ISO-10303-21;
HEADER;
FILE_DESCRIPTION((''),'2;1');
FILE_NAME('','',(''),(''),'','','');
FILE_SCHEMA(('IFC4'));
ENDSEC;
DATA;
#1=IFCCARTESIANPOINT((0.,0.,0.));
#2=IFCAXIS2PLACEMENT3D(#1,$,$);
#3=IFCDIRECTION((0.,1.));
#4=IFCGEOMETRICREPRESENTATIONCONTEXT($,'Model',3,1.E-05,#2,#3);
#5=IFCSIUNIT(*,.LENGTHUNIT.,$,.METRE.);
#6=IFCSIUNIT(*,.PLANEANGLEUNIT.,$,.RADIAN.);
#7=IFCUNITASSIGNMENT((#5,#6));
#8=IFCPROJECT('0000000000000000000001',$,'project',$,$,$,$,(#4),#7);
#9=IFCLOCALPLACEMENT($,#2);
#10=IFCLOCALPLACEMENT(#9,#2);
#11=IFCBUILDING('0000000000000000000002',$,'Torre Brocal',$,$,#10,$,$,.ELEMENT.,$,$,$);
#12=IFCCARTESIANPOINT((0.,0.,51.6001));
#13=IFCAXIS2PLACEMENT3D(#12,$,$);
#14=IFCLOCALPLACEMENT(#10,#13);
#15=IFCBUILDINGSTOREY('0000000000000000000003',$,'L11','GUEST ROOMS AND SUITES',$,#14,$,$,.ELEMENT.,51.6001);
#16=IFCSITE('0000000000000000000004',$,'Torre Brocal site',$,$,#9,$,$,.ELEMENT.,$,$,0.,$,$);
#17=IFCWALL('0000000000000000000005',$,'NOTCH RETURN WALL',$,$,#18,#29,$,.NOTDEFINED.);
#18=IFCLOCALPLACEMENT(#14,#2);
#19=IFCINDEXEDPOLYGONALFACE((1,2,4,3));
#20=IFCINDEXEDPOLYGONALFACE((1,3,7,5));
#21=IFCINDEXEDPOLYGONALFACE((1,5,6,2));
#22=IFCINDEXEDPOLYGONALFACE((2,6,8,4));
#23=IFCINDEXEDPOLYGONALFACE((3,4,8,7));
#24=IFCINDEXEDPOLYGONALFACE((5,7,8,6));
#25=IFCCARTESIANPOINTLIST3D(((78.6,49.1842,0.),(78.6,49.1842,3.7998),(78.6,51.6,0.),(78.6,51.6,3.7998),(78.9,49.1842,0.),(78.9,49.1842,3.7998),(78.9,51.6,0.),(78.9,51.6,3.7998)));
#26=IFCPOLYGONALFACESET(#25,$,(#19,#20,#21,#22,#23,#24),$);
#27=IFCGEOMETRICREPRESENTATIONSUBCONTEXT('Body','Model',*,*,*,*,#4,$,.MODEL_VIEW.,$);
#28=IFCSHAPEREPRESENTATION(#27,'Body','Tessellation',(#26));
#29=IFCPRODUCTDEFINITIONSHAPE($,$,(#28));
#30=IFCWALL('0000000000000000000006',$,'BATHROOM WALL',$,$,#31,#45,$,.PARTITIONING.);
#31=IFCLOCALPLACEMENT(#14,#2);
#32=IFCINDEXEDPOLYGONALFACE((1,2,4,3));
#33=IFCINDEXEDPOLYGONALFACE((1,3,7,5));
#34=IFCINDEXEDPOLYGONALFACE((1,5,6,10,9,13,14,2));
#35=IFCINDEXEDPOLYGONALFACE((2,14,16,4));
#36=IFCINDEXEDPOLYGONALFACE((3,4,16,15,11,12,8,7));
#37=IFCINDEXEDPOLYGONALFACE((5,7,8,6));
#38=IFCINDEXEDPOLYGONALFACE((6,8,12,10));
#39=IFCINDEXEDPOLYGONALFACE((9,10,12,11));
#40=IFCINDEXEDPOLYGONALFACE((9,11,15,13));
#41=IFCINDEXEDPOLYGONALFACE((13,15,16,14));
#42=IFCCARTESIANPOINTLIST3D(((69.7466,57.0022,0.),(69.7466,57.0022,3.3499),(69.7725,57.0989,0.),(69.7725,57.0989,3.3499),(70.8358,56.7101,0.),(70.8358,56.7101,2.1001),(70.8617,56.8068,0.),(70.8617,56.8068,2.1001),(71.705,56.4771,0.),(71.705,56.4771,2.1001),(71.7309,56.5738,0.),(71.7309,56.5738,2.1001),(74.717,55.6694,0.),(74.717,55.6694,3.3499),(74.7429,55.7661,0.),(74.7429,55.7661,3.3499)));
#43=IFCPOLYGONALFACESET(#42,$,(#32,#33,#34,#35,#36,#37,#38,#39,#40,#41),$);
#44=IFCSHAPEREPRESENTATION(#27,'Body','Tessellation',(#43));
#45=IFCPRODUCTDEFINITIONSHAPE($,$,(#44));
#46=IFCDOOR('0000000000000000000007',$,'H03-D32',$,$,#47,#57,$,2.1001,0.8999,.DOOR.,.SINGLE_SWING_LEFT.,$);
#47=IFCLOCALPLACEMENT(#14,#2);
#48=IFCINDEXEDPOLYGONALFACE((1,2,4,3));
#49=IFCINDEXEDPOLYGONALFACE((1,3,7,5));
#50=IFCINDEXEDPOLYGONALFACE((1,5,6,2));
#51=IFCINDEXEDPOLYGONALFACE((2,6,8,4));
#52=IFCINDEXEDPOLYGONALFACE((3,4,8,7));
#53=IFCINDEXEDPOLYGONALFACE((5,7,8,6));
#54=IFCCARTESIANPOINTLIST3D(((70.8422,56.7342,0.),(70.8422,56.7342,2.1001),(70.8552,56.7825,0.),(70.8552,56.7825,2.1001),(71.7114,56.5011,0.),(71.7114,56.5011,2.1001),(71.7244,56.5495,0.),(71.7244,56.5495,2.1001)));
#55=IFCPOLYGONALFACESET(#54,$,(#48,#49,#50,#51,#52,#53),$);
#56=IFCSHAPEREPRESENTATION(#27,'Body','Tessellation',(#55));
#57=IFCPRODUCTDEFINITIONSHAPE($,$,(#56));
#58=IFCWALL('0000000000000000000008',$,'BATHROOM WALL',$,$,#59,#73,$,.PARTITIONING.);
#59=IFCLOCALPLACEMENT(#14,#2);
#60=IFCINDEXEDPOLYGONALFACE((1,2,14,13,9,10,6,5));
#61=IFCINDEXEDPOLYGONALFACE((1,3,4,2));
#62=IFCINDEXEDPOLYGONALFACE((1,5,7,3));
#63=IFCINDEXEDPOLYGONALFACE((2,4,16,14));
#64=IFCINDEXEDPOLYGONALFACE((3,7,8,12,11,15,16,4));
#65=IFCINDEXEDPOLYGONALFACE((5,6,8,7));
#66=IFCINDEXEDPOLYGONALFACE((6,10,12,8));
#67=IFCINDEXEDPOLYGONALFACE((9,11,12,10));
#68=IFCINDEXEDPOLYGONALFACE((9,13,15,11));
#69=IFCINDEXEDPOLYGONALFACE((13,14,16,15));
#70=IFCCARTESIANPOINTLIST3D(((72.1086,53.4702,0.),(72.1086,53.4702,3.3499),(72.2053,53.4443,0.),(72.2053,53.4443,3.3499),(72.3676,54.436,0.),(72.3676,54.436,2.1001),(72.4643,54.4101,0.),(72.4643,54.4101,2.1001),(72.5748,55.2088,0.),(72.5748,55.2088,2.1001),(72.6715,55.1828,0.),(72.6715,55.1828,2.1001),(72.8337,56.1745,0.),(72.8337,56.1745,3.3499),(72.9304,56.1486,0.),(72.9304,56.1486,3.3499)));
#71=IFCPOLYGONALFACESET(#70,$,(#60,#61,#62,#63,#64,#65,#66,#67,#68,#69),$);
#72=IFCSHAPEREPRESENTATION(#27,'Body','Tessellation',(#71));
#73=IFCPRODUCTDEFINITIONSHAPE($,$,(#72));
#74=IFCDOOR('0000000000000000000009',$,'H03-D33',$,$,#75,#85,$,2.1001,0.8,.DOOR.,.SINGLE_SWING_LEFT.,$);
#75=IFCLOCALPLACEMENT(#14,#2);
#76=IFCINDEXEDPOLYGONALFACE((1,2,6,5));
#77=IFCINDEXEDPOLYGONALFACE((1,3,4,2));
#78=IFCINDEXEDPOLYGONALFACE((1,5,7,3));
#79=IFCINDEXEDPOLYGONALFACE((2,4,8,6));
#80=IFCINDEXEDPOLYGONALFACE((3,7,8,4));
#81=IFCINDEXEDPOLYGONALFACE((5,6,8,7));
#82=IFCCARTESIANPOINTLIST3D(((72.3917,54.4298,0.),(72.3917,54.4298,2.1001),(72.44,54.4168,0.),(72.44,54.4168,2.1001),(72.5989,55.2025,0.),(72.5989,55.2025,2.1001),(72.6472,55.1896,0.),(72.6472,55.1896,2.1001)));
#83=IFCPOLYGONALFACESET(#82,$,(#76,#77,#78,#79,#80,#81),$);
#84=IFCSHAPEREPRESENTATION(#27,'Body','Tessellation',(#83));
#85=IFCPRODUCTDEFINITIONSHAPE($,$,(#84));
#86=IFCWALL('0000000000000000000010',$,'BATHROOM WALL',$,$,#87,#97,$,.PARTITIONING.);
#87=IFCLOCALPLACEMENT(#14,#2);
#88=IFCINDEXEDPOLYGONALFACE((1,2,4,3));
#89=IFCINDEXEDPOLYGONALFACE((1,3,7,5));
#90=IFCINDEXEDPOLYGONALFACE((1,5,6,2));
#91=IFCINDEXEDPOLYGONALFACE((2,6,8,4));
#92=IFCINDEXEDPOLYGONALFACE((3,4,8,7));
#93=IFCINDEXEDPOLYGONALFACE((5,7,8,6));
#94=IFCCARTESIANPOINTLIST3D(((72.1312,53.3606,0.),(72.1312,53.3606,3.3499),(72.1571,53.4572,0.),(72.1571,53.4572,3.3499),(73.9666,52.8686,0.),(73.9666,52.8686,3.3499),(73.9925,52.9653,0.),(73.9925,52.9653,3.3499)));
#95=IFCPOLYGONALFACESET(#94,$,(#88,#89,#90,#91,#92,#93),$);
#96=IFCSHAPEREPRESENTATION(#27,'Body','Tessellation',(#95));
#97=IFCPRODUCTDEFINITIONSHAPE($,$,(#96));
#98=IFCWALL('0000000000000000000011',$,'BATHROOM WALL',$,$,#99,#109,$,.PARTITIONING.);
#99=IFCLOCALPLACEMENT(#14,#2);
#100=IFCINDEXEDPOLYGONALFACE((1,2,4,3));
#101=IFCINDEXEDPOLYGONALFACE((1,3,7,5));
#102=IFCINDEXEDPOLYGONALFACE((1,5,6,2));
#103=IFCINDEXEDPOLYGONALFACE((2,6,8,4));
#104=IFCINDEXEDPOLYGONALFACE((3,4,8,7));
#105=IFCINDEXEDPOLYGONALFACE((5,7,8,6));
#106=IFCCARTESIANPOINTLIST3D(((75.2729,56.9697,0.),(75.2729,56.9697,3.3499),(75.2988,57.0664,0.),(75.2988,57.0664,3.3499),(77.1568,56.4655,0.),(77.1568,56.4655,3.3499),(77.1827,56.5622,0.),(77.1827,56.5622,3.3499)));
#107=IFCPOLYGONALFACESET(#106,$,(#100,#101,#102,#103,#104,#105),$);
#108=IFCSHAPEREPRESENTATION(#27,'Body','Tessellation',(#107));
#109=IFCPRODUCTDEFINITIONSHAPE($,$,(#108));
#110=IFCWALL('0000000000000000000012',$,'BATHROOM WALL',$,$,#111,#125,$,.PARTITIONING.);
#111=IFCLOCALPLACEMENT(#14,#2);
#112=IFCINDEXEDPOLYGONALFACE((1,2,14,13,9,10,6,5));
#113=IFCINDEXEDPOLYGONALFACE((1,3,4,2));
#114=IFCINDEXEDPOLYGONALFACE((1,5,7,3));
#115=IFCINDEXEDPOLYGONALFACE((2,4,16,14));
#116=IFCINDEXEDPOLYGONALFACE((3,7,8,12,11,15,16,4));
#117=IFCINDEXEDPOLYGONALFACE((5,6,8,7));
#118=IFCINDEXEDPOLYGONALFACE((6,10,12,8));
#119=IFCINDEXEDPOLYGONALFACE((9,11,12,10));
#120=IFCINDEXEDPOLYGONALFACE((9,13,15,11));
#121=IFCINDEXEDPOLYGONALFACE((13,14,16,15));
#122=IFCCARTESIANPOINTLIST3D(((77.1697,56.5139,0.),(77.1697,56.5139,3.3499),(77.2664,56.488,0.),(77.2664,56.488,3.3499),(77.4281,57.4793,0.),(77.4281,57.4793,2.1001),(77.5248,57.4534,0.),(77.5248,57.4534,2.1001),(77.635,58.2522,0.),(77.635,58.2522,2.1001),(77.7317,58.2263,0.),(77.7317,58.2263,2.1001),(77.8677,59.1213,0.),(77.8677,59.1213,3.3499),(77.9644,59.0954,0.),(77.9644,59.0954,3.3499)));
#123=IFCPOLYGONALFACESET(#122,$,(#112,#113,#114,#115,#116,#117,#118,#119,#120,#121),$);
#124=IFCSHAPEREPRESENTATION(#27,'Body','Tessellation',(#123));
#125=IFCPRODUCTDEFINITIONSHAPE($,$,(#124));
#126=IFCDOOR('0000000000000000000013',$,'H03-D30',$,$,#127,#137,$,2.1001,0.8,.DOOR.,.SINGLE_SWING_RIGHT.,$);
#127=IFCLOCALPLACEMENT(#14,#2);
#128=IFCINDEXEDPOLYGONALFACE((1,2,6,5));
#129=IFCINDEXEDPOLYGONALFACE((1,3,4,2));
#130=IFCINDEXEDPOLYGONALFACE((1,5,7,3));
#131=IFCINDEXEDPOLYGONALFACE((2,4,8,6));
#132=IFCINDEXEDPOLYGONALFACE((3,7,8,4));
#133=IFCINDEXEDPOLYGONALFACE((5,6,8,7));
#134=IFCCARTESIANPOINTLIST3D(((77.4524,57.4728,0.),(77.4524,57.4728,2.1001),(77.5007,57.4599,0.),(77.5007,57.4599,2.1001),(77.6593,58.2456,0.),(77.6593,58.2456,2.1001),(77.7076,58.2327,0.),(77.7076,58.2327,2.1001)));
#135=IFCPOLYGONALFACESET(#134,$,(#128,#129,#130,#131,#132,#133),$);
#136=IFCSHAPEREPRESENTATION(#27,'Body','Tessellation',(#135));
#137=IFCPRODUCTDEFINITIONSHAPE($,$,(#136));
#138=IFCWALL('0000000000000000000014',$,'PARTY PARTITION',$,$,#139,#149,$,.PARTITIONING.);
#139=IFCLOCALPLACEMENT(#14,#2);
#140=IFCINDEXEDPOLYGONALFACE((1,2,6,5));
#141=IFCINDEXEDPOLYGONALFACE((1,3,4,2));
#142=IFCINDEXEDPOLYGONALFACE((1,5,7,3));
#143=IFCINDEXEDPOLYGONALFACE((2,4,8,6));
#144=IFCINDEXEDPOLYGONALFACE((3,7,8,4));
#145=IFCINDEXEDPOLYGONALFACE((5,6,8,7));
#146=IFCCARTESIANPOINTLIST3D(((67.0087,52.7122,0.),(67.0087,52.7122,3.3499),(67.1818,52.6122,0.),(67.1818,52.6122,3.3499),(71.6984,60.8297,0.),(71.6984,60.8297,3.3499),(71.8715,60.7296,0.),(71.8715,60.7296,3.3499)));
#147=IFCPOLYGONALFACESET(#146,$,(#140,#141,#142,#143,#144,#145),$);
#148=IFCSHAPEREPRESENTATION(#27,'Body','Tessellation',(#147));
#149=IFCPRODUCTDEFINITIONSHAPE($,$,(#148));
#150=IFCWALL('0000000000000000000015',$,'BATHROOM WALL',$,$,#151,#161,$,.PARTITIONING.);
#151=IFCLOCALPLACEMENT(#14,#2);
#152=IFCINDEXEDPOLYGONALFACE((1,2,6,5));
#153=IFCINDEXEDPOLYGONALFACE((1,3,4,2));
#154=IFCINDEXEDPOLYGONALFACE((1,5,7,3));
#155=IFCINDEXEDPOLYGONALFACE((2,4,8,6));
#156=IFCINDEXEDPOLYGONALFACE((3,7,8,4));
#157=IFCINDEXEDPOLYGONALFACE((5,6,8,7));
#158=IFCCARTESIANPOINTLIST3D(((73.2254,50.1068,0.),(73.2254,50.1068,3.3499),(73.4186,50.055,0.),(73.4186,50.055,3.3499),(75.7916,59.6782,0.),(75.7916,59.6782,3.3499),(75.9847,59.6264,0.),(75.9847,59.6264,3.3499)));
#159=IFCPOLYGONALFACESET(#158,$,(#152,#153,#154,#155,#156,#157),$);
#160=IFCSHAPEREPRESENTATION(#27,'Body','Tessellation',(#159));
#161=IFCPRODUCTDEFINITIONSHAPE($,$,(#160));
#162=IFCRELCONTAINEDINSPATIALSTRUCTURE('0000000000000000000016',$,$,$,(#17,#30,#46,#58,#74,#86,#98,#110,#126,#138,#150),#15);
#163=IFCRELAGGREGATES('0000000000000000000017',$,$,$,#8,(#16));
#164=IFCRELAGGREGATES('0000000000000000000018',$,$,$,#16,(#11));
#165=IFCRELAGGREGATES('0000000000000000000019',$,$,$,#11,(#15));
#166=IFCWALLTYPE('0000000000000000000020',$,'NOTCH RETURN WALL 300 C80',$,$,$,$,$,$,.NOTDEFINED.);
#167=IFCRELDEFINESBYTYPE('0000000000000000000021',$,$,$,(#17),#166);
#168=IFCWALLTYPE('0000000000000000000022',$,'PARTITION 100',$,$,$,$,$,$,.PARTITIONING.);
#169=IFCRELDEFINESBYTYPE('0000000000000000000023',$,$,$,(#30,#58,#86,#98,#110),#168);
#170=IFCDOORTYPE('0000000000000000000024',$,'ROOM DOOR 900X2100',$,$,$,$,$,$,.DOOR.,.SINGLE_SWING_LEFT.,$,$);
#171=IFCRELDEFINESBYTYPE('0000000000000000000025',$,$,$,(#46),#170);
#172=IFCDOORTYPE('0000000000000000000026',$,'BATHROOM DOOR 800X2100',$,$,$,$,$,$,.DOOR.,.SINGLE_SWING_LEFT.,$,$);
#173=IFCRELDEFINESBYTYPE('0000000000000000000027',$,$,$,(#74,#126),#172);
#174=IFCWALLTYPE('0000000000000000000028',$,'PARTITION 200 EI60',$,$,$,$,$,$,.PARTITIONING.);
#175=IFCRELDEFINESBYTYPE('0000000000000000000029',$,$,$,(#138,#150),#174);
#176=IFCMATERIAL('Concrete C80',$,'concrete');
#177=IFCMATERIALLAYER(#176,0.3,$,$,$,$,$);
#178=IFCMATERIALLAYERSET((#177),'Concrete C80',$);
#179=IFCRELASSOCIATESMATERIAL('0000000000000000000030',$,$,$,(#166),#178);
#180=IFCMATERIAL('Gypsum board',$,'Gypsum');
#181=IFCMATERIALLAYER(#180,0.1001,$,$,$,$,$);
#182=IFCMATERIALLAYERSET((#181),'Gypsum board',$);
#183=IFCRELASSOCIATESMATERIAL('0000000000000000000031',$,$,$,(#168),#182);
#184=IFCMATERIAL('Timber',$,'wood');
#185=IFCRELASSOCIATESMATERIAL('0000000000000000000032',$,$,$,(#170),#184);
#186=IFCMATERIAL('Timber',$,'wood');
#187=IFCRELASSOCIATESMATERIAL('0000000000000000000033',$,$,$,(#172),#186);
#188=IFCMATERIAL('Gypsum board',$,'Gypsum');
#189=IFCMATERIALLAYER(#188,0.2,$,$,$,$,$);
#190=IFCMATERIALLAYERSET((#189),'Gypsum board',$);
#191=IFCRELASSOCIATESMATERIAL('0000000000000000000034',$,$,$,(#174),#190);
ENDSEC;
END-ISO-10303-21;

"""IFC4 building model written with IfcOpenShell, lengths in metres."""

from ifc_helpers import new_model, si_unit, direction, frame, frame_2d, origin, place, context, subcontext, project, spatial, rectangle, extrude, material, layer, layer_set, type_object, element, fill, save


model = new_model("IFC4")

# Units and contexts
model_context = context("Model", 3, precision=1e-05, world=origin(), true_north=direction((0.0, 1.0)))
body_context = subcontext(model_context, "Body", "Model", "MODEL_VIEW")
ifc_project = project(units=[si_unit("LENGTHUNIT", "METRE"), si_unit("PLANEANGLEUNIT", "RADIAN")], contexts=[model_context])

# Site, building, storey
site_placement = place(None, origin())
site = spatial("IfcSite", under=ifc_project, at=site_placement, Name="Torre Brocal site", CompositionType="ELEMENT", RefElevation=0.0)
building_placement = place(site_placement, origin())
building = spatial("IfcBuilding", under=site, at=building_placement, Name="Torre Brocal", CompositionType="ELEMENT")
storey_placement = place(building_placement, frame((0.0, 0.0, 51.6001)))
storey = spatial("IfcBuildingStorey", under=building, at=storey_placement, Name="L11", Description="GUEST ROOMS AND SUITES", CompositionType="ELEMENT", Elevation=51.6001)

# Wall
ifc_material_1 = material(Name="Concrete C80", Category="concrete")
ifc_layer_1 = layer(ifc_material_1, 0.3)
ifc_layer_set_1 = layer_set([ifc_layer_1], Name="Concrete C80")
wall_type_1 = type_object("IfcWallType", Name="NOTCH RETURN WALL 300 C80", PredefinedType="NOTDEFINED", material=ifc_layer_set_1)
wall_1_placement = place(storey_placement, frame((78.75, 51.6001, 0.0), z_axis=(0.0, 0.0, 1.0), x_axis=(0.0, -1.0, 0.0)))
element("IfcWall", 1, at=wall_1_placement, inside=storey, type_object=wall_type_1, Name="NOTCH RETURN WALL", PredefinedType="NOTDEFINED", context=body_context, shape_type="SweptSolid", body=[
    extrude(rectangle(XDim=2.4158, YDim=0.3, at=frame_2d((1.208, 0.0))), origin(), (0.0, 0.0, 1.0), 3.7998),
])

# Walls, openings, doors
ifc_material_2 = material(Name="Gypsum board", Category="Gypsum")
ifc_layer_2 = layer(ifc_material_2, 0.1001)
ifc_layer_set_2 = layer_set([ifc_layer_2], Name="Gypsum board")
wall_type_2 = type_object("IfcWallType", Name="PARTITION 100", PredefinedType="PARTITIONING", material=ifc_layer_set_2)
wall_2_placement = place(storey_placement, frame((69.7595, 57.0505, 0.0), z_axis=(0.0, 0.0, 1.0), x_axis=(0.96588, -0.258988, 0.0)))
wall_2 = element("IfcWall", 2, at=wall_2_placement, inside=storey, type_object=wall_type_2, Name="BATHROOM WALL", PredefinedType="PARTITIONING", context=body_context, shape_type="SweptSolid", body=[
    extrude(rectangle(XDim=5.146, YDim=0.1001, at=frame_2d((2.573, 0.0))), origin(), (0.0, 0.0, 1.0), 3.3499),
])
opening_1_placement = place(wall_2_placement, frame((1.1277, 0.0, 0.0)))
opening_1 = element("IfcOpeningElement", 3, at=opening_1_placement, cuts=wall_2, PredefinedType="OPENING", context=body_context, shape_type="SweptSolid", body=[
    extrude(rectangle(XDim=0.8999, YDim=2.1001, at=frame_2d((0.45, 1.05))), frame((0.0, 0.0601, 0.0), z_axis=(0.0, -1.0, 0.0), x_axis=(1.0, 0.0, 0.0)), (0.0, 0.0, 1.0), 0.1201),
])
ifc_material_3 = material(Name="Timber", Category="wood")
door_type_1 = type_object("IfcDoorType", Name="ROOM DOOR 900X2100", OperationType="SINGLE_SWING_LEFT", PredefinedType="DOOR", material=ifc_material_3)
door_1_placement = place(opening_1_placement, origin())
door_1 = element("IfcDoor", 4, at=door_1_placement, inside=storey, type_object=door_type_1, Name="H03-D32", OperationType="SINGLE_SWING_LEFT", OverallHeight=2.1001, OverallWidth=0.8999, PredefinedType="DOOR", context=body_context, shape_type="SweptSolid", body=[
    extrude(rectangle(XDim=0.8999, YDim=2.1001, at=frame_2d((0.45, 1.05))), frame((0.0, 0.0249, 0.0), z_axis=(0.0, -1.0, 0.0), x_axis=(1.0, 0.0, 0.0)), (0.0, 0.0, 1.0), 0.05),
])
fill(opening_1, door_1)
wall_3_placement = place(storey_placement, frame((72.157, 53.4573, 0.0), z_axis=(0.0, 0.0, 1.0), x_axis=(0.258976, 0.965884, 0.0)))
wall_3 = element("IfcWall", 5, at=wall_3_placement, inside=storey, type_object=wall_type_2, Name="BATHROOM WALL", PredefinedType="PARTITIONING", context=body_context, shape_type="SweptSolid", body=[
    extrude(rectangle(XDim=2.7998, YDim=0.1001, at=frame_2d((1.3999, 0.0))), origin(), (0.0, 0.0, 1.0), 3.3499),
])
opening_2_placement = place(wall_3_placement, frame((1.0, 0.0, 0.0)))
opening_2 = element("IfcOpeningElement", 6, at=opening_2_placement, cuts=wall_3, PredefinedType="OPENING", context=body_context, shape_type="SweptSolid", body=[
    extrude(rectangle(XDim=0.8, YDim=2.1001, at=frame_2d((0.3999, 1.05))), frame((0.0, 0.0601, 0.0), z_axis=(0.0, -1.0, 0.0), x_axis=(1.0, 0.0, 0.0)), (0.0, 0.0, 1.0), 0.1201),
])
ifc_material_4 = material(Name="Timber", Category="wood")
door_type_2 = type_object("IfcDoorType", Name="BATHROOM DOOR 800X2100", OperationType="SINGLE_SWING_LEFT", PredefinedType="DOOR", material=ifc_material_4)
door_2_placement = place(opening_2_placement, frame((0.8, 0.0, 0.0), z_axis=(0.0, 0.0, 1.0), x_axis=(-1.0, 0.0, 0.0)))
door_2 = element("IfcDoor", 7, at=door_2_placement, inside=storey, type_object=door_type_2, Name="H03-D33", OperationType="SINGLE_SWING_LEFT", OverallHeight=2.1001, OverallWidth=0.8, PredefinedType="DOOR", context=body_context, shape_type="SweptSolid", body=[
    extrude(rectangle(XDim=0.8, YDim=2.1001, at=frame_2d((0.3999, 1.05))), frame((0.0, 0.0249, 0.0), z_axis=(0.0, -1.0, 0.0), x_axis=(1.0, 0.0, 0.0)), (0.0, 0.0, 1.0), 0.05),
])
fill(opening_2, door_2)

# Walls
wall_4_placement = place(storey_placement, frame((72.144, 53.4089, 0.0), z_axis=(0.0, 0.0, 1.0), x_axis=(0.965908, -0.258886, 0.0)))
element("IfcWall", 8, at=wall_4_placement, inside=storey, type_object=wall_type_2, Name="BATHROOM WALL", PredefinedType="PARTITIONING", context=body_context, shape_type="SweptSolid", body=[
    extrude(rectangle(XDim=1.9001, YDim=0.1001, at=frame_2d((0.9502, 0.0))), origin(), (0.0, 0.0, 1.0), 3.3499),
])
wall_5_placement = place(storey_placement, frame((75.2859, 57.0181, 0.0), z_axis=(0.0, 0.0, 1.0), x_axis=(0.966004, -0.258527, 0.0)))
element("IfcWall", 9, at=wall_5_placement, inside=storey, type_object=wall_type_2, Name="BATHROOM WALL", PredefinedType="PARTITIONING", context=body_context, shape_type="SweptSolid", body=[
    extrude(rectangle(XDim=1.9502, YDim=0.1001, at=frame_2d((0.9751, 0.0))), origin(), (0.0, 0.0, 1.0), 3.3499),
])

# Wall, opening, door
wall_6_placement = place(storey_placement, frame((77.218, 56.501, 0.0), z_axis=(0.0, 0.0, 1.0), x_axis=(0.258591, 0.965987, 0.0)))
wall_6 = element("IfcWall", 10, at=wall_6_placement, inside=storey, type_object=wall_type_2, Name="BATHROOM WALL", PredefinedType="PARTITIONING", context=body_context, shape_type="SweptSolid", body=[
    extrude(rectangle(XDim=2.6992, YDim=0.1001, at=frame_2d((1.3496, 0.0))), origin(), (0.0, 0.0, 1.0), 3.3499),
])
opening_3_placement = place(wall_6_placement, frame((0.9995, 0.0, 0.0)))
opening_3 = element("IfcOpeningElement", 11, at=opening_3_placement, cuts=wall_6, PredefinedType="OPENING", context=body_context, shape_type="SweptSolid", body=[
    extrude(rectangle(XDim=0.8, YDim=2.1001, at=frame_2d((0.3999, 1.05))), frame((0.0, 0.0601, 0.0), z_axis=(0.0, -1.0, 0.0), x_axis=(1.0, 0.0, 0.0)), (0.0, 0.0, 1.0), 0.1201),
])
door_3_placement = place(opening_3_placement, origin())
door_3 = element("IfcDoor", 12, at=door_3_placement, inside=storey, type_object=door_type_2, Name="H03-D30", OperationType="SINGLE_SWING_RIGHT", OverallHeight=2.1001, OverallWidth=0.8, PredefinedType="DOOR", context=body_context, shape_type="SweptSolid", body=[
    extrude(rectangle(XDim=0.8, YDim=2.1001, at=frame_2d((0.3999, 1.05))), frame((0.0, 0.0249, 0.0), z_axis=(0.0, -1.0, 0.0), x_axis=(1.0, 0.0, 0.0)), (0.0, 0.0, 1.0), 0.05),
])
fill(opening_3, door_3)

# Walls
ifc_material_5 = material(Name="Gypsum board", Category="Gypsum")
ifc_layer_3 = layer(ifc_material_5, 0.2)
ifc_layer_set_3 = layer_set([ifc_layer_3], Name="Gypsum board")
wall_type_3 = type_object("IfcWallType", Name="PARTITION 200 EI60", PredefinedType="PARTITIONING", material=ifc_layer_set_3)
wall_7_placement = place(storey_placement, frame((67.0952, 52.6621, 0.0), z_axis=(0.0, 0.0, 1.0), x_axis=(0.500248, 0.865882, 0.0)))
element("IfcWall", 13, at=wall_7_placement, inside=storey, type_object=wall_type_3, Name="PARTY PARTITION", PredefinedType="PARTITIONING", context=body_context, shape_type="SweptSolid", body=[
    extrude(rectangle(XDim=9.3748, YDim=0.2, at=frame_2d((4.6875, 0.0))), origin(), (0.0, 0.0, 1.0), 3.3499),
])
wall_8_placement = place(storey_placement, frame((73.322, 50.0811, 0.0), z_axis=(0.0, 0.0, 1.0), x_axis=(0.258964, 0.965887, 0.0)))
element("IfcWall", 14, at=wall_8_placement, inside=storey, type_object=wall_type_3, Name="BATHROOM WALL", PredefinedType="PARTITIONING", context=body_context, shape_type="SweptSolid", body=[
    extrude(rectangle(XDim=9.9094, YDim=0.2, at=frame_2d((4.9546, 0.0))), origin(), (0.0, 0.0, 1.0), 3.3499),
])

save(model, "model.ifc")
